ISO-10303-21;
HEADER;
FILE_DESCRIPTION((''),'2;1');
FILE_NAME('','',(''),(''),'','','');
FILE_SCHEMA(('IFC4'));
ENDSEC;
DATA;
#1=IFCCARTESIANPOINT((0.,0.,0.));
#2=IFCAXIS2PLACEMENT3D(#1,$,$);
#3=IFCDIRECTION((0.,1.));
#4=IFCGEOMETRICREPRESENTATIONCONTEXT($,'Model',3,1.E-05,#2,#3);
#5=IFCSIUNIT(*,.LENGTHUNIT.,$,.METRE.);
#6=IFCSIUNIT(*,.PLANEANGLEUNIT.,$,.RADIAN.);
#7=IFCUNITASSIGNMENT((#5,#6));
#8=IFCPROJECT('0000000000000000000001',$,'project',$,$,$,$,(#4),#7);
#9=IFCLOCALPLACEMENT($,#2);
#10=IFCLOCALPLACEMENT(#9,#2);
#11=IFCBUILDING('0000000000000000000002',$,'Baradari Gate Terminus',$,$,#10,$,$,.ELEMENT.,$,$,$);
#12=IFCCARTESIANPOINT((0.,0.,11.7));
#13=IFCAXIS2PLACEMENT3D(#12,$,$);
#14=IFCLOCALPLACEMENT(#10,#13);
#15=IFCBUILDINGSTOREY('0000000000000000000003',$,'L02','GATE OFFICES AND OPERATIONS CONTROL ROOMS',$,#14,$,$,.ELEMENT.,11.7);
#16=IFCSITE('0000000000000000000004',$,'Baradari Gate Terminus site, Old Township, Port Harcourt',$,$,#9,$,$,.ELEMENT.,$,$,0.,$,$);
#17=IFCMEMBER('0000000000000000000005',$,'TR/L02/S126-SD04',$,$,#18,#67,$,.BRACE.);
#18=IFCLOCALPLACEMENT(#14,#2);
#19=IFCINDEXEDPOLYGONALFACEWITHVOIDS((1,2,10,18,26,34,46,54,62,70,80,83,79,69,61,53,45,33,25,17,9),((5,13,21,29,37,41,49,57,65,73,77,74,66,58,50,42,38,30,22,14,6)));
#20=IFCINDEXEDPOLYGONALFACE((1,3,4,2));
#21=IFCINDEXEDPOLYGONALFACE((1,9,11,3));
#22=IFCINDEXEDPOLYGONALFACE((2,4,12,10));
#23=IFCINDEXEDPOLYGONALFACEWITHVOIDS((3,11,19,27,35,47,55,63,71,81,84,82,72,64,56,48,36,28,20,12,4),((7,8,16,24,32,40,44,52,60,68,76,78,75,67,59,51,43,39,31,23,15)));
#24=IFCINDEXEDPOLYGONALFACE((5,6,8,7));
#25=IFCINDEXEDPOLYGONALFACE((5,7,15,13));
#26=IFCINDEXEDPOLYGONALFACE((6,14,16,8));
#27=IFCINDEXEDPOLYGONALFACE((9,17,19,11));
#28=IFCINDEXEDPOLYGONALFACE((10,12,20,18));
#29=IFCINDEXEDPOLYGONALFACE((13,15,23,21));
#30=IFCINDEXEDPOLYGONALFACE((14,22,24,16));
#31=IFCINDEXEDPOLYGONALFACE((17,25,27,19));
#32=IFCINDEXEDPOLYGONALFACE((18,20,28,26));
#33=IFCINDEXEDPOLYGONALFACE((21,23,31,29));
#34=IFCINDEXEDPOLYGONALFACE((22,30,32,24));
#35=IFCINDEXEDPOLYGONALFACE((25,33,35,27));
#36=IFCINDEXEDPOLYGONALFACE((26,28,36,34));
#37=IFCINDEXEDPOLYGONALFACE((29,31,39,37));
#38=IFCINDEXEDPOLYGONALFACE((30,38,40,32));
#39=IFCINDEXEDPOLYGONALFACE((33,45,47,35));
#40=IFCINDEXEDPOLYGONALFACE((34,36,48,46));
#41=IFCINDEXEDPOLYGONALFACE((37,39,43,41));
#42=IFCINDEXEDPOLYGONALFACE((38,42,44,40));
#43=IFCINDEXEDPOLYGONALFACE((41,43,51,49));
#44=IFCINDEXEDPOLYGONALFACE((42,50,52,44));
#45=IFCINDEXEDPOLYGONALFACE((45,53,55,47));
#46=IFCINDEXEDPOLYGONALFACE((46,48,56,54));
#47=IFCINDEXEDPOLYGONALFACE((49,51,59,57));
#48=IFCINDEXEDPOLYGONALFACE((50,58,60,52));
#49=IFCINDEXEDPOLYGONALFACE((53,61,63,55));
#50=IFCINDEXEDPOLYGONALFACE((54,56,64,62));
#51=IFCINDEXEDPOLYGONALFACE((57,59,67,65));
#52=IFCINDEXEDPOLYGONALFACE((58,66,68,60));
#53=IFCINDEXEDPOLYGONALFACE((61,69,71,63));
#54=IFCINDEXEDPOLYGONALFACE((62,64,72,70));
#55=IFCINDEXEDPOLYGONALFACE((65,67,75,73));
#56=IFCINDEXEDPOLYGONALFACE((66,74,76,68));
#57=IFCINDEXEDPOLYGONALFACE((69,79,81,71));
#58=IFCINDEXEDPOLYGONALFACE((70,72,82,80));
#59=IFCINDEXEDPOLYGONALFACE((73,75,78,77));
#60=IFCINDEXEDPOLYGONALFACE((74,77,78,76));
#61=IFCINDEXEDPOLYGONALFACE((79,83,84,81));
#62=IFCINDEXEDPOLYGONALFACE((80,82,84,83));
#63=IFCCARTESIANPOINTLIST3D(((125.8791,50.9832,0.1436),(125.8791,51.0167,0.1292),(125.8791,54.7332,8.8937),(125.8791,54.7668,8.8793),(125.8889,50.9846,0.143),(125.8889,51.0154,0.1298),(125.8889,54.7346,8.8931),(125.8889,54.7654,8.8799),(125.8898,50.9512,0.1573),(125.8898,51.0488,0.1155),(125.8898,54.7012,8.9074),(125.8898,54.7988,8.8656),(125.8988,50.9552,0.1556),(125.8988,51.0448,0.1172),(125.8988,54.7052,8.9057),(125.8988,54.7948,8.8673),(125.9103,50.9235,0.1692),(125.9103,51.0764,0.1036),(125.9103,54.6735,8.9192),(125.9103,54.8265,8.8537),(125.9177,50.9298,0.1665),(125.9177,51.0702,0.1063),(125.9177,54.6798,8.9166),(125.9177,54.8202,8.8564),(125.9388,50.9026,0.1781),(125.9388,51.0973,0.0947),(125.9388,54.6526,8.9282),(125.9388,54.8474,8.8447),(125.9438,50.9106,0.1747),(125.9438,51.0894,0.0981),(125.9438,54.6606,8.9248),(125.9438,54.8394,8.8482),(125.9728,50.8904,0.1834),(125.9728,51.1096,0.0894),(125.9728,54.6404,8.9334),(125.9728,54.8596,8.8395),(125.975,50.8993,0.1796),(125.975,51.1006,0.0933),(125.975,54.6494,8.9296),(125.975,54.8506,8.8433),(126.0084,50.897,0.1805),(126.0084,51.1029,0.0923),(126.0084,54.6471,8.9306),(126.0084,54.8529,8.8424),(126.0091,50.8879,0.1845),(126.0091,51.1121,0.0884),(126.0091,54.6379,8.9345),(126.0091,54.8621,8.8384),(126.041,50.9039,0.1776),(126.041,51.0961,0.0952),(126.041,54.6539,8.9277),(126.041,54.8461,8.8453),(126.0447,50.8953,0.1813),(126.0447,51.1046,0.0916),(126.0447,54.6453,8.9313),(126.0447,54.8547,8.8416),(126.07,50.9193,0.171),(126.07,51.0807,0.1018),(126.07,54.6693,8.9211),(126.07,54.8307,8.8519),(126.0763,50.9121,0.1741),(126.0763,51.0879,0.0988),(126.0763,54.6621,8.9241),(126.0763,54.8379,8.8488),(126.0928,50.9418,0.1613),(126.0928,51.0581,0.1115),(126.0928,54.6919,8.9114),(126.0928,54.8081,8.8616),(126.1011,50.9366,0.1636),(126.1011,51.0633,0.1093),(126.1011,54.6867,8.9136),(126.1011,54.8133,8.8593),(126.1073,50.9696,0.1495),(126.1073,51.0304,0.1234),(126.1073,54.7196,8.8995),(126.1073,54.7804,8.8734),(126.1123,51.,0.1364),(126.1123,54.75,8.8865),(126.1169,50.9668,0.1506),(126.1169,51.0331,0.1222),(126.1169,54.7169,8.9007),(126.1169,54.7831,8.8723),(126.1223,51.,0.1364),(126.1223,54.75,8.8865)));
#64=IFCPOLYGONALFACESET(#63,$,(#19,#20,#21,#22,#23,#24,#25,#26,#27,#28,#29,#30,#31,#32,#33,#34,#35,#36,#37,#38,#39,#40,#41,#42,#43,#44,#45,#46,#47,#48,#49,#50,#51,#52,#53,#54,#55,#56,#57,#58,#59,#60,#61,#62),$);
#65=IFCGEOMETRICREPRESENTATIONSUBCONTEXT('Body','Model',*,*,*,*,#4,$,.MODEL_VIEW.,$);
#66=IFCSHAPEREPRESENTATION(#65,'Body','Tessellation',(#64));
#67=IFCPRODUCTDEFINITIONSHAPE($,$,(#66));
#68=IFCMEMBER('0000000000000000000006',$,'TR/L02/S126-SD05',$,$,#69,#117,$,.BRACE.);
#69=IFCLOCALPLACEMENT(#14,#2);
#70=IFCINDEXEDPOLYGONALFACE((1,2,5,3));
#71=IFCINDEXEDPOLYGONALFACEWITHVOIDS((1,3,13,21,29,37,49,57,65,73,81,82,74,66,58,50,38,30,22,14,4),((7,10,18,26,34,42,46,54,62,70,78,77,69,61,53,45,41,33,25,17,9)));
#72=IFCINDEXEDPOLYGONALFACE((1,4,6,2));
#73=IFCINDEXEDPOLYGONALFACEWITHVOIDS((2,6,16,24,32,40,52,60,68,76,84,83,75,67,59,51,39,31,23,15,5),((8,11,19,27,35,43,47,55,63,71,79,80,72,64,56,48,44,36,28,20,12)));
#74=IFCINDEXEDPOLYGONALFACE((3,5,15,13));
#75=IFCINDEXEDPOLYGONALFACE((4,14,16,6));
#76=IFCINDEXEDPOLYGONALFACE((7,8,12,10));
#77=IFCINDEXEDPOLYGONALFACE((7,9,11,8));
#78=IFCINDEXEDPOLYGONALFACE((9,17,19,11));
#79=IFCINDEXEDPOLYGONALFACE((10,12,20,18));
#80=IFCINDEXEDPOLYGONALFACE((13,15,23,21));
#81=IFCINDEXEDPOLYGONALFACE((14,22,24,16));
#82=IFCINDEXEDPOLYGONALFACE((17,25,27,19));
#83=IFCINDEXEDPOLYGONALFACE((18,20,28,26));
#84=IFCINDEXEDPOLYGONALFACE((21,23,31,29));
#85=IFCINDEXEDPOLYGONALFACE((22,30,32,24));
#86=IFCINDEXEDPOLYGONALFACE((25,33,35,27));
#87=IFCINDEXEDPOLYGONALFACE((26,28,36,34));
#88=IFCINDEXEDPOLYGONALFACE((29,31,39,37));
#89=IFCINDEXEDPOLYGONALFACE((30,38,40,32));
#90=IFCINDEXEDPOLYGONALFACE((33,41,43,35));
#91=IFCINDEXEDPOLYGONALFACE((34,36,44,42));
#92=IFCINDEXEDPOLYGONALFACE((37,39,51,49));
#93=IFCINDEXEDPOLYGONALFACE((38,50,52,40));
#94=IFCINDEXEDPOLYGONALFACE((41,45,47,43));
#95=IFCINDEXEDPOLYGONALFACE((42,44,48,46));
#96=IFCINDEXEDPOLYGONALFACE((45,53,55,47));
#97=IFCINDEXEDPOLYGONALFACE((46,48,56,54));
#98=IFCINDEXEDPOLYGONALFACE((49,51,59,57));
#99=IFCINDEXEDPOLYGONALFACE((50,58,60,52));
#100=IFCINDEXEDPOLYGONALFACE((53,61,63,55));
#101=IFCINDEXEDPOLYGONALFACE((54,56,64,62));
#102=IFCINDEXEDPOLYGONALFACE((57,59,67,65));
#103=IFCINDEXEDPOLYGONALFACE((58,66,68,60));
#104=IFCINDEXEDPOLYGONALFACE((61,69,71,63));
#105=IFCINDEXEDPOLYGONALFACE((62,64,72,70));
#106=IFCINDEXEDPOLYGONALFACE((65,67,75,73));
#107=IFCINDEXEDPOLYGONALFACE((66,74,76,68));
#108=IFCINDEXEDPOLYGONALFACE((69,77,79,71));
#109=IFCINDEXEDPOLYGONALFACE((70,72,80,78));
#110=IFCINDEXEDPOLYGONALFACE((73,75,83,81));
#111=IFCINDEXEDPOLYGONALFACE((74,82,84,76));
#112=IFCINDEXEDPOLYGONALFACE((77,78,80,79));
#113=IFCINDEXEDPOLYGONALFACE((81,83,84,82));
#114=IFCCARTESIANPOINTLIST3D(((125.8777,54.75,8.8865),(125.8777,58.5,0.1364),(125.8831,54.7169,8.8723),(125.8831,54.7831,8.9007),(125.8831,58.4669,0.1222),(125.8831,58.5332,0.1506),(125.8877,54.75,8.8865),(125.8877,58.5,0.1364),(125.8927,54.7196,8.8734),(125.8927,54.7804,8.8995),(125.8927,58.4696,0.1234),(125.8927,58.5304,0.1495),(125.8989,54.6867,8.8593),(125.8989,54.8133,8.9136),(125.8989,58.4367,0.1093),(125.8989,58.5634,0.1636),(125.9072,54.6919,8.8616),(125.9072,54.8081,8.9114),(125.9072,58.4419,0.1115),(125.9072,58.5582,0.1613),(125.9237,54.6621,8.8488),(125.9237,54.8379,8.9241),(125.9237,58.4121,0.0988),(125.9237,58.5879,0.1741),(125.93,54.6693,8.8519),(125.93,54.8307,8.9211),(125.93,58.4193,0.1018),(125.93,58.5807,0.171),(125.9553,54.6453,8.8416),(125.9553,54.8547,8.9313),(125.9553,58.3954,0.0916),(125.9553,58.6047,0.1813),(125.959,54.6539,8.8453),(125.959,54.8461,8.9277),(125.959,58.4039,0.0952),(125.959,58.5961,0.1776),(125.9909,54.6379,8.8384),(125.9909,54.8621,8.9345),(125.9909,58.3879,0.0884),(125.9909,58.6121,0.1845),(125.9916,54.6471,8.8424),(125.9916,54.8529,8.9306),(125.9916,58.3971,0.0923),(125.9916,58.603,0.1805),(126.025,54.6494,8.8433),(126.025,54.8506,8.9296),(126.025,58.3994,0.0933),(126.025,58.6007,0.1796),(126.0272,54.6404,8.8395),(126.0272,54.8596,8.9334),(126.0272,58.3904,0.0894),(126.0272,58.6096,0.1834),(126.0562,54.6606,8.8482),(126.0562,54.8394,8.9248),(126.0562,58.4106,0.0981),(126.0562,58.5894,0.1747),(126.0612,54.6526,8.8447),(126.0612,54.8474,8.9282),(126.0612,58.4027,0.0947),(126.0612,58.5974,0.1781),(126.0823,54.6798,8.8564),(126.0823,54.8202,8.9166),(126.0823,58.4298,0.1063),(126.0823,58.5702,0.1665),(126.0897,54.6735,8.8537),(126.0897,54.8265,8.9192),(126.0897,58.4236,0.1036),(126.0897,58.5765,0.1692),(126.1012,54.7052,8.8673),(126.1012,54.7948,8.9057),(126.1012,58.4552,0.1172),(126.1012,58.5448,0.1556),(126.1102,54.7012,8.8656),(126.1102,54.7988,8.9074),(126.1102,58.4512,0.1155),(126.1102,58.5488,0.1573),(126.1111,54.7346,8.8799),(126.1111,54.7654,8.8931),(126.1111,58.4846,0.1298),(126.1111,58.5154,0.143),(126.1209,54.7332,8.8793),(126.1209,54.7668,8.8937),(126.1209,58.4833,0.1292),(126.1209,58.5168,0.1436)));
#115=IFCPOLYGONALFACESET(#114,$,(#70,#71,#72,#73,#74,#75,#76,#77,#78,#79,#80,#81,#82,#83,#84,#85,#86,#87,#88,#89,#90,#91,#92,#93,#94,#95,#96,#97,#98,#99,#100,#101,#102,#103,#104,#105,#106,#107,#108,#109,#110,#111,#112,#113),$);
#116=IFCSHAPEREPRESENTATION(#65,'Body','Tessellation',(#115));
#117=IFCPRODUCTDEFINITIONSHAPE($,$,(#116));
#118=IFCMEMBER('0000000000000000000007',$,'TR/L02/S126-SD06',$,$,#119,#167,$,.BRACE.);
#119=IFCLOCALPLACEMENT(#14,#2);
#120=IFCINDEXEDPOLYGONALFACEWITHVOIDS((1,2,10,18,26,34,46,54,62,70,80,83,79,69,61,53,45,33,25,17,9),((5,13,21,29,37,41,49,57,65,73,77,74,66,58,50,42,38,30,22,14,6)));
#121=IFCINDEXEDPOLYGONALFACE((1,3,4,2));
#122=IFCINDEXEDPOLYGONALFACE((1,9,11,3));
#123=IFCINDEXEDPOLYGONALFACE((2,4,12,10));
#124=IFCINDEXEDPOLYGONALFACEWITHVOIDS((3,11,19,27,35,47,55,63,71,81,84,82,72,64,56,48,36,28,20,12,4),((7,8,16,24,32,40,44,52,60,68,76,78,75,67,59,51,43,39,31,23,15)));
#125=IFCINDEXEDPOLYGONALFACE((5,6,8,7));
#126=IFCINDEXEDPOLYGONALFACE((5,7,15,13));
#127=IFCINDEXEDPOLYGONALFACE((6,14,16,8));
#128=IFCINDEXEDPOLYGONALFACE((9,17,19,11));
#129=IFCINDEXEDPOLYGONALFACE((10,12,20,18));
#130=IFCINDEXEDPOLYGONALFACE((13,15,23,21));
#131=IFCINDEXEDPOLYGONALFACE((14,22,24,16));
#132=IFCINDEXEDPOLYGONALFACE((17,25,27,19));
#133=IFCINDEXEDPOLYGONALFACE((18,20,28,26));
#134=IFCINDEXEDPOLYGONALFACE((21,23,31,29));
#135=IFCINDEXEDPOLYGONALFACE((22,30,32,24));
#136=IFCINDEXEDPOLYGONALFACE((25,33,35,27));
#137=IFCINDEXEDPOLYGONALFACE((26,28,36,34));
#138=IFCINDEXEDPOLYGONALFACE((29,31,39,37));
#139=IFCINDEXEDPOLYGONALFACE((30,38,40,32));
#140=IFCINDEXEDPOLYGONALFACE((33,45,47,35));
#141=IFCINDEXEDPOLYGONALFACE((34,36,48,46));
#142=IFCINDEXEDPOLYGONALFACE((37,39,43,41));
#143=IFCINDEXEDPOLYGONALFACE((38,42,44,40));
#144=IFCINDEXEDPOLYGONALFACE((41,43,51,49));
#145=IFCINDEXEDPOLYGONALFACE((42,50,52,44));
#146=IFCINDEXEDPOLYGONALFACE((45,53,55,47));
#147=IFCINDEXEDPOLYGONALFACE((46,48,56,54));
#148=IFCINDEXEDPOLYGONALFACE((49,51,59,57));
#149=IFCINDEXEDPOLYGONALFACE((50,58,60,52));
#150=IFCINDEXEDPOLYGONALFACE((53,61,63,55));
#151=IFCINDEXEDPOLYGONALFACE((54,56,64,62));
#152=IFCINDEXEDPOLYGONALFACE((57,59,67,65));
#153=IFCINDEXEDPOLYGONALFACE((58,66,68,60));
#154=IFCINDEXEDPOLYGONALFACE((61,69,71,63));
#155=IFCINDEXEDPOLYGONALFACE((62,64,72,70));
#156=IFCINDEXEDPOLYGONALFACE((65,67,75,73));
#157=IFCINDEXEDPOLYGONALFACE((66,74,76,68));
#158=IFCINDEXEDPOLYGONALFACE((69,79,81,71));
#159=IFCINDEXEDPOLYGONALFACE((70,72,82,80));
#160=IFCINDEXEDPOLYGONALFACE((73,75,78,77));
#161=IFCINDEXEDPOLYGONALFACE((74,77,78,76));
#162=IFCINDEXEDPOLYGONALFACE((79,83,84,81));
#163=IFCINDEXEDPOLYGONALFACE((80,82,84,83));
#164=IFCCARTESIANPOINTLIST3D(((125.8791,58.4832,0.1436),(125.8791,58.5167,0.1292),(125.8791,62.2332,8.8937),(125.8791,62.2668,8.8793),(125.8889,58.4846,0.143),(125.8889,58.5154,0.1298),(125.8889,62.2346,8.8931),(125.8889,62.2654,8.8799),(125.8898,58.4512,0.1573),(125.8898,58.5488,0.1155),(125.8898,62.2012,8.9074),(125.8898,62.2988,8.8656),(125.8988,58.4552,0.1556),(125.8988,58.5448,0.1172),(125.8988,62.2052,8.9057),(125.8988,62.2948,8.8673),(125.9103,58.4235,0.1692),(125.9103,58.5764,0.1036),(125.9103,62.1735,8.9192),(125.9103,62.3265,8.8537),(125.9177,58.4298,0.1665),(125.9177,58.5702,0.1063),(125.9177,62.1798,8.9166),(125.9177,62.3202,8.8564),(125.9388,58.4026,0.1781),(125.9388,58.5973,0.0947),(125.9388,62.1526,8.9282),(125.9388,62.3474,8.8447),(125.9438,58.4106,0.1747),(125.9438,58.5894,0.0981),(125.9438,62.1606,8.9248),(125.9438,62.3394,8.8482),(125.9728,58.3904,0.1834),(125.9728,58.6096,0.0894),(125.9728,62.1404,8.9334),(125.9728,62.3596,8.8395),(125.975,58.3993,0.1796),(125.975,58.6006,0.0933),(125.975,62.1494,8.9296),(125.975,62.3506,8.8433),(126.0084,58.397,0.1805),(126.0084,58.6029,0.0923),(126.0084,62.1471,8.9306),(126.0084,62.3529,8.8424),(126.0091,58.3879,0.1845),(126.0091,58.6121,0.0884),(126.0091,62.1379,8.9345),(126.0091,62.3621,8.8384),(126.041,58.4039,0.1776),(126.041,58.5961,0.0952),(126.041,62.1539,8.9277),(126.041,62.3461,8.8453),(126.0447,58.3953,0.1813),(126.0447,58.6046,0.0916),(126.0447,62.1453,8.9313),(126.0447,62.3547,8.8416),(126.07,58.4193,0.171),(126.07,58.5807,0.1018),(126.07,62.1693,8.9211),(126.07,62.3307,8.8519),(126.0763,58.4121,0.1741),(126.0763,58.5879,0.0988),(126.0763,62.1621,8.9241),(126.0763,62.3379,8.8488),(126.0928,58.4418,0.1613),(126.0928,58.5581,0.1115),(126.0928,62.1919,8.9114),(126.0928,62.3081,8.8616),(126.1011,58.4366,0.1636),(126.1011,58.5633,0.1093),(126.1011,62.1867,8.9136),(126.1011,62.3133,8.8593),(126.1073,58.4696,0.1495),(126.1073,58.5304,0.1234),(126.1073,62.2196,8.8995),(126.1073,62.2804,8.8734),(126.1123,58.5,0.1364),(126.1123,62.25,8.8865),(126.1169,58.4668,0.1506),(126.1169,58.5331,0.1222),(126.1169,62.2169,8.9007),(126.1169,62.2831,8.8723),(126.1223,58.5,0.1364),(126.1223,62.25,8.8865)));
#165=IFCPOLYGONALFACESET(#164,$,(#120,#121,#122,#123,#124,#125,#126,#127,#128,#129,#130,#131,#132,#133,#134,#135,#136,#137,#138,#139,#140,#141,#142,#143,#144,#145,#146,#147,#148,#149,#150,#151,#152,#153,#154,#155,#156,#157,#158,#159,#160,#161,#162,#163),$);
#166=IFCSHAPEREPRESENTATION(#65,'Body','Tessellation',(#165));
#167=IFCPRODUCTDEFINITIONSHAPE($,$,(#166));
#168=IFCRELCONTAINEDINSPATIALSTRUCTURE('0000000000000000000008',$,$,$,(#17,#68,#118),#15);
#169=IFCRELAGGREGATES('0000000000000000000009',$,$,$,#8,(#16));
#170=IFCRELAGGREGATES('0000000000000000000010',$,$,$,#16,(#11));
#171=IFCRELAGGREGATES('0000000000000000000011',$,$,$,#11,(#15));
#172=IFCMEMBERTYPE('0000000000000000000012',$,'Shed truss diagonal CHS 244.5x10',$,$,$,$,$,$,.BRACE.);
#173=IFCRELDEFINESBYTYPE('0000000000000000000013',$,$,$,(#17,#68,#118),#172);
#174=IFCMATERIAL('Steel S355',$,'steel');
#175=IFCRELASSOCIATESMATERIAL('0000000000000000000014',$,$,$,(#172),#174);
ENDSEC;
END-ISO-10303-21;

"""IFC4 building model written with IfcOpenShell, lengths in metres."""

from ifc_helpers import new_model, si_unit, direction, frame, origin, origin_2d, place, context, subcontext, project, spatial, hollow_circle, extrude, material, material_profile, profile_set, type_object, element, save


model = new_model("IFC4")

# Units and contexts
model_context = context("Model", 3, precision=1e-05, world=origin(), true_north=direction((0.0, 1.0)))
body_context = subcontext(model_context, "Body", "Model", "MODEL_VIEW")
ifc_project = project(units=[si_unit("LENGTHUNIT", "METRE"), si_unit("PLANEANGLEUNIT", "RADIAN")], contexts=[model_context])

# Site, building, storey
site_placement = place(None, origin())
site = spatial("IfcSite", under=ifc_project, at=site_placement, Name="Baradari Gate Terminus site, Old Township, Port Harcourt", CompositionType="ELEMENT", RefElevation=0.0)
building_placement = place(site_placement, origin())
building = spatial("IfcBuilding", under=site, at=building_placement, Name="Baradari Gate Terminus", CompositionType="ELEMENT")
storey_placement = place(building_placement, frame((0.0, 0.0, 11.7)))
storey = spatial("IfcBuildingStorey", under=building, at=storey_placement, Name="L02", Description="GATE OFFICES AND OPERATIONS CONTROL ROOMS", CompositionType="ELEMENT", Elevation=11.7)

# Members
ifc_material_1 = material(Name="Steel S355", Category="steel")
ifc_material_profile_1 = material_profile(ifc_material_1, hollow_circle(Radius=0.1223, WallThickness=0.01, at=origin_2d()), Name="CHS 244.5x10")
ifc_profile_set_1 = profile_set([ifc_material_profile_1], Name="Steel S355")
member_type_1 = type_object("IfcMemberType", Name="Shed truss diagonal CHS 244.5x10", PredefinedType="BRACE", material=ifc_profile_set_1)
for number, where, z_axis, x_axis, name in (
    (1, (126.0, 54.75, 8.8865), (0.0, -0.393919, -0.919145), (1.0, 0.0, 0.0), "TR/L02/S126-SD04"),
    (2, (126.0, 54.75, 8.8865), (0.0, 0.393919, -0.919145), (-1.0, 0.0, 0.0), "TR/L02/S126-SD05"),
    (3, (126.0, 62.25, 8.8865), (0.0, -0.393919, -0.919145), (1.0, 0.0, 0.0), "TR/L02/S126-SD06"),
):
    element("IfcMember", number, at=place(storey_placement, frame(where, z_axis=z_axis, x_axis=x_axis)), inside=storey, type_object=member_type_1, Name=name, PredefinedType="BRACE", context=body_context, shape_type="SweptSolid", body=[
        extrude(hollow_circle(Radius=0.1223, WallThickness=0.01, at=origin_2d()), origin(), (0.0, 0.0, 1.0), 9.5198),
    ])

save(model, "model.ifc")
